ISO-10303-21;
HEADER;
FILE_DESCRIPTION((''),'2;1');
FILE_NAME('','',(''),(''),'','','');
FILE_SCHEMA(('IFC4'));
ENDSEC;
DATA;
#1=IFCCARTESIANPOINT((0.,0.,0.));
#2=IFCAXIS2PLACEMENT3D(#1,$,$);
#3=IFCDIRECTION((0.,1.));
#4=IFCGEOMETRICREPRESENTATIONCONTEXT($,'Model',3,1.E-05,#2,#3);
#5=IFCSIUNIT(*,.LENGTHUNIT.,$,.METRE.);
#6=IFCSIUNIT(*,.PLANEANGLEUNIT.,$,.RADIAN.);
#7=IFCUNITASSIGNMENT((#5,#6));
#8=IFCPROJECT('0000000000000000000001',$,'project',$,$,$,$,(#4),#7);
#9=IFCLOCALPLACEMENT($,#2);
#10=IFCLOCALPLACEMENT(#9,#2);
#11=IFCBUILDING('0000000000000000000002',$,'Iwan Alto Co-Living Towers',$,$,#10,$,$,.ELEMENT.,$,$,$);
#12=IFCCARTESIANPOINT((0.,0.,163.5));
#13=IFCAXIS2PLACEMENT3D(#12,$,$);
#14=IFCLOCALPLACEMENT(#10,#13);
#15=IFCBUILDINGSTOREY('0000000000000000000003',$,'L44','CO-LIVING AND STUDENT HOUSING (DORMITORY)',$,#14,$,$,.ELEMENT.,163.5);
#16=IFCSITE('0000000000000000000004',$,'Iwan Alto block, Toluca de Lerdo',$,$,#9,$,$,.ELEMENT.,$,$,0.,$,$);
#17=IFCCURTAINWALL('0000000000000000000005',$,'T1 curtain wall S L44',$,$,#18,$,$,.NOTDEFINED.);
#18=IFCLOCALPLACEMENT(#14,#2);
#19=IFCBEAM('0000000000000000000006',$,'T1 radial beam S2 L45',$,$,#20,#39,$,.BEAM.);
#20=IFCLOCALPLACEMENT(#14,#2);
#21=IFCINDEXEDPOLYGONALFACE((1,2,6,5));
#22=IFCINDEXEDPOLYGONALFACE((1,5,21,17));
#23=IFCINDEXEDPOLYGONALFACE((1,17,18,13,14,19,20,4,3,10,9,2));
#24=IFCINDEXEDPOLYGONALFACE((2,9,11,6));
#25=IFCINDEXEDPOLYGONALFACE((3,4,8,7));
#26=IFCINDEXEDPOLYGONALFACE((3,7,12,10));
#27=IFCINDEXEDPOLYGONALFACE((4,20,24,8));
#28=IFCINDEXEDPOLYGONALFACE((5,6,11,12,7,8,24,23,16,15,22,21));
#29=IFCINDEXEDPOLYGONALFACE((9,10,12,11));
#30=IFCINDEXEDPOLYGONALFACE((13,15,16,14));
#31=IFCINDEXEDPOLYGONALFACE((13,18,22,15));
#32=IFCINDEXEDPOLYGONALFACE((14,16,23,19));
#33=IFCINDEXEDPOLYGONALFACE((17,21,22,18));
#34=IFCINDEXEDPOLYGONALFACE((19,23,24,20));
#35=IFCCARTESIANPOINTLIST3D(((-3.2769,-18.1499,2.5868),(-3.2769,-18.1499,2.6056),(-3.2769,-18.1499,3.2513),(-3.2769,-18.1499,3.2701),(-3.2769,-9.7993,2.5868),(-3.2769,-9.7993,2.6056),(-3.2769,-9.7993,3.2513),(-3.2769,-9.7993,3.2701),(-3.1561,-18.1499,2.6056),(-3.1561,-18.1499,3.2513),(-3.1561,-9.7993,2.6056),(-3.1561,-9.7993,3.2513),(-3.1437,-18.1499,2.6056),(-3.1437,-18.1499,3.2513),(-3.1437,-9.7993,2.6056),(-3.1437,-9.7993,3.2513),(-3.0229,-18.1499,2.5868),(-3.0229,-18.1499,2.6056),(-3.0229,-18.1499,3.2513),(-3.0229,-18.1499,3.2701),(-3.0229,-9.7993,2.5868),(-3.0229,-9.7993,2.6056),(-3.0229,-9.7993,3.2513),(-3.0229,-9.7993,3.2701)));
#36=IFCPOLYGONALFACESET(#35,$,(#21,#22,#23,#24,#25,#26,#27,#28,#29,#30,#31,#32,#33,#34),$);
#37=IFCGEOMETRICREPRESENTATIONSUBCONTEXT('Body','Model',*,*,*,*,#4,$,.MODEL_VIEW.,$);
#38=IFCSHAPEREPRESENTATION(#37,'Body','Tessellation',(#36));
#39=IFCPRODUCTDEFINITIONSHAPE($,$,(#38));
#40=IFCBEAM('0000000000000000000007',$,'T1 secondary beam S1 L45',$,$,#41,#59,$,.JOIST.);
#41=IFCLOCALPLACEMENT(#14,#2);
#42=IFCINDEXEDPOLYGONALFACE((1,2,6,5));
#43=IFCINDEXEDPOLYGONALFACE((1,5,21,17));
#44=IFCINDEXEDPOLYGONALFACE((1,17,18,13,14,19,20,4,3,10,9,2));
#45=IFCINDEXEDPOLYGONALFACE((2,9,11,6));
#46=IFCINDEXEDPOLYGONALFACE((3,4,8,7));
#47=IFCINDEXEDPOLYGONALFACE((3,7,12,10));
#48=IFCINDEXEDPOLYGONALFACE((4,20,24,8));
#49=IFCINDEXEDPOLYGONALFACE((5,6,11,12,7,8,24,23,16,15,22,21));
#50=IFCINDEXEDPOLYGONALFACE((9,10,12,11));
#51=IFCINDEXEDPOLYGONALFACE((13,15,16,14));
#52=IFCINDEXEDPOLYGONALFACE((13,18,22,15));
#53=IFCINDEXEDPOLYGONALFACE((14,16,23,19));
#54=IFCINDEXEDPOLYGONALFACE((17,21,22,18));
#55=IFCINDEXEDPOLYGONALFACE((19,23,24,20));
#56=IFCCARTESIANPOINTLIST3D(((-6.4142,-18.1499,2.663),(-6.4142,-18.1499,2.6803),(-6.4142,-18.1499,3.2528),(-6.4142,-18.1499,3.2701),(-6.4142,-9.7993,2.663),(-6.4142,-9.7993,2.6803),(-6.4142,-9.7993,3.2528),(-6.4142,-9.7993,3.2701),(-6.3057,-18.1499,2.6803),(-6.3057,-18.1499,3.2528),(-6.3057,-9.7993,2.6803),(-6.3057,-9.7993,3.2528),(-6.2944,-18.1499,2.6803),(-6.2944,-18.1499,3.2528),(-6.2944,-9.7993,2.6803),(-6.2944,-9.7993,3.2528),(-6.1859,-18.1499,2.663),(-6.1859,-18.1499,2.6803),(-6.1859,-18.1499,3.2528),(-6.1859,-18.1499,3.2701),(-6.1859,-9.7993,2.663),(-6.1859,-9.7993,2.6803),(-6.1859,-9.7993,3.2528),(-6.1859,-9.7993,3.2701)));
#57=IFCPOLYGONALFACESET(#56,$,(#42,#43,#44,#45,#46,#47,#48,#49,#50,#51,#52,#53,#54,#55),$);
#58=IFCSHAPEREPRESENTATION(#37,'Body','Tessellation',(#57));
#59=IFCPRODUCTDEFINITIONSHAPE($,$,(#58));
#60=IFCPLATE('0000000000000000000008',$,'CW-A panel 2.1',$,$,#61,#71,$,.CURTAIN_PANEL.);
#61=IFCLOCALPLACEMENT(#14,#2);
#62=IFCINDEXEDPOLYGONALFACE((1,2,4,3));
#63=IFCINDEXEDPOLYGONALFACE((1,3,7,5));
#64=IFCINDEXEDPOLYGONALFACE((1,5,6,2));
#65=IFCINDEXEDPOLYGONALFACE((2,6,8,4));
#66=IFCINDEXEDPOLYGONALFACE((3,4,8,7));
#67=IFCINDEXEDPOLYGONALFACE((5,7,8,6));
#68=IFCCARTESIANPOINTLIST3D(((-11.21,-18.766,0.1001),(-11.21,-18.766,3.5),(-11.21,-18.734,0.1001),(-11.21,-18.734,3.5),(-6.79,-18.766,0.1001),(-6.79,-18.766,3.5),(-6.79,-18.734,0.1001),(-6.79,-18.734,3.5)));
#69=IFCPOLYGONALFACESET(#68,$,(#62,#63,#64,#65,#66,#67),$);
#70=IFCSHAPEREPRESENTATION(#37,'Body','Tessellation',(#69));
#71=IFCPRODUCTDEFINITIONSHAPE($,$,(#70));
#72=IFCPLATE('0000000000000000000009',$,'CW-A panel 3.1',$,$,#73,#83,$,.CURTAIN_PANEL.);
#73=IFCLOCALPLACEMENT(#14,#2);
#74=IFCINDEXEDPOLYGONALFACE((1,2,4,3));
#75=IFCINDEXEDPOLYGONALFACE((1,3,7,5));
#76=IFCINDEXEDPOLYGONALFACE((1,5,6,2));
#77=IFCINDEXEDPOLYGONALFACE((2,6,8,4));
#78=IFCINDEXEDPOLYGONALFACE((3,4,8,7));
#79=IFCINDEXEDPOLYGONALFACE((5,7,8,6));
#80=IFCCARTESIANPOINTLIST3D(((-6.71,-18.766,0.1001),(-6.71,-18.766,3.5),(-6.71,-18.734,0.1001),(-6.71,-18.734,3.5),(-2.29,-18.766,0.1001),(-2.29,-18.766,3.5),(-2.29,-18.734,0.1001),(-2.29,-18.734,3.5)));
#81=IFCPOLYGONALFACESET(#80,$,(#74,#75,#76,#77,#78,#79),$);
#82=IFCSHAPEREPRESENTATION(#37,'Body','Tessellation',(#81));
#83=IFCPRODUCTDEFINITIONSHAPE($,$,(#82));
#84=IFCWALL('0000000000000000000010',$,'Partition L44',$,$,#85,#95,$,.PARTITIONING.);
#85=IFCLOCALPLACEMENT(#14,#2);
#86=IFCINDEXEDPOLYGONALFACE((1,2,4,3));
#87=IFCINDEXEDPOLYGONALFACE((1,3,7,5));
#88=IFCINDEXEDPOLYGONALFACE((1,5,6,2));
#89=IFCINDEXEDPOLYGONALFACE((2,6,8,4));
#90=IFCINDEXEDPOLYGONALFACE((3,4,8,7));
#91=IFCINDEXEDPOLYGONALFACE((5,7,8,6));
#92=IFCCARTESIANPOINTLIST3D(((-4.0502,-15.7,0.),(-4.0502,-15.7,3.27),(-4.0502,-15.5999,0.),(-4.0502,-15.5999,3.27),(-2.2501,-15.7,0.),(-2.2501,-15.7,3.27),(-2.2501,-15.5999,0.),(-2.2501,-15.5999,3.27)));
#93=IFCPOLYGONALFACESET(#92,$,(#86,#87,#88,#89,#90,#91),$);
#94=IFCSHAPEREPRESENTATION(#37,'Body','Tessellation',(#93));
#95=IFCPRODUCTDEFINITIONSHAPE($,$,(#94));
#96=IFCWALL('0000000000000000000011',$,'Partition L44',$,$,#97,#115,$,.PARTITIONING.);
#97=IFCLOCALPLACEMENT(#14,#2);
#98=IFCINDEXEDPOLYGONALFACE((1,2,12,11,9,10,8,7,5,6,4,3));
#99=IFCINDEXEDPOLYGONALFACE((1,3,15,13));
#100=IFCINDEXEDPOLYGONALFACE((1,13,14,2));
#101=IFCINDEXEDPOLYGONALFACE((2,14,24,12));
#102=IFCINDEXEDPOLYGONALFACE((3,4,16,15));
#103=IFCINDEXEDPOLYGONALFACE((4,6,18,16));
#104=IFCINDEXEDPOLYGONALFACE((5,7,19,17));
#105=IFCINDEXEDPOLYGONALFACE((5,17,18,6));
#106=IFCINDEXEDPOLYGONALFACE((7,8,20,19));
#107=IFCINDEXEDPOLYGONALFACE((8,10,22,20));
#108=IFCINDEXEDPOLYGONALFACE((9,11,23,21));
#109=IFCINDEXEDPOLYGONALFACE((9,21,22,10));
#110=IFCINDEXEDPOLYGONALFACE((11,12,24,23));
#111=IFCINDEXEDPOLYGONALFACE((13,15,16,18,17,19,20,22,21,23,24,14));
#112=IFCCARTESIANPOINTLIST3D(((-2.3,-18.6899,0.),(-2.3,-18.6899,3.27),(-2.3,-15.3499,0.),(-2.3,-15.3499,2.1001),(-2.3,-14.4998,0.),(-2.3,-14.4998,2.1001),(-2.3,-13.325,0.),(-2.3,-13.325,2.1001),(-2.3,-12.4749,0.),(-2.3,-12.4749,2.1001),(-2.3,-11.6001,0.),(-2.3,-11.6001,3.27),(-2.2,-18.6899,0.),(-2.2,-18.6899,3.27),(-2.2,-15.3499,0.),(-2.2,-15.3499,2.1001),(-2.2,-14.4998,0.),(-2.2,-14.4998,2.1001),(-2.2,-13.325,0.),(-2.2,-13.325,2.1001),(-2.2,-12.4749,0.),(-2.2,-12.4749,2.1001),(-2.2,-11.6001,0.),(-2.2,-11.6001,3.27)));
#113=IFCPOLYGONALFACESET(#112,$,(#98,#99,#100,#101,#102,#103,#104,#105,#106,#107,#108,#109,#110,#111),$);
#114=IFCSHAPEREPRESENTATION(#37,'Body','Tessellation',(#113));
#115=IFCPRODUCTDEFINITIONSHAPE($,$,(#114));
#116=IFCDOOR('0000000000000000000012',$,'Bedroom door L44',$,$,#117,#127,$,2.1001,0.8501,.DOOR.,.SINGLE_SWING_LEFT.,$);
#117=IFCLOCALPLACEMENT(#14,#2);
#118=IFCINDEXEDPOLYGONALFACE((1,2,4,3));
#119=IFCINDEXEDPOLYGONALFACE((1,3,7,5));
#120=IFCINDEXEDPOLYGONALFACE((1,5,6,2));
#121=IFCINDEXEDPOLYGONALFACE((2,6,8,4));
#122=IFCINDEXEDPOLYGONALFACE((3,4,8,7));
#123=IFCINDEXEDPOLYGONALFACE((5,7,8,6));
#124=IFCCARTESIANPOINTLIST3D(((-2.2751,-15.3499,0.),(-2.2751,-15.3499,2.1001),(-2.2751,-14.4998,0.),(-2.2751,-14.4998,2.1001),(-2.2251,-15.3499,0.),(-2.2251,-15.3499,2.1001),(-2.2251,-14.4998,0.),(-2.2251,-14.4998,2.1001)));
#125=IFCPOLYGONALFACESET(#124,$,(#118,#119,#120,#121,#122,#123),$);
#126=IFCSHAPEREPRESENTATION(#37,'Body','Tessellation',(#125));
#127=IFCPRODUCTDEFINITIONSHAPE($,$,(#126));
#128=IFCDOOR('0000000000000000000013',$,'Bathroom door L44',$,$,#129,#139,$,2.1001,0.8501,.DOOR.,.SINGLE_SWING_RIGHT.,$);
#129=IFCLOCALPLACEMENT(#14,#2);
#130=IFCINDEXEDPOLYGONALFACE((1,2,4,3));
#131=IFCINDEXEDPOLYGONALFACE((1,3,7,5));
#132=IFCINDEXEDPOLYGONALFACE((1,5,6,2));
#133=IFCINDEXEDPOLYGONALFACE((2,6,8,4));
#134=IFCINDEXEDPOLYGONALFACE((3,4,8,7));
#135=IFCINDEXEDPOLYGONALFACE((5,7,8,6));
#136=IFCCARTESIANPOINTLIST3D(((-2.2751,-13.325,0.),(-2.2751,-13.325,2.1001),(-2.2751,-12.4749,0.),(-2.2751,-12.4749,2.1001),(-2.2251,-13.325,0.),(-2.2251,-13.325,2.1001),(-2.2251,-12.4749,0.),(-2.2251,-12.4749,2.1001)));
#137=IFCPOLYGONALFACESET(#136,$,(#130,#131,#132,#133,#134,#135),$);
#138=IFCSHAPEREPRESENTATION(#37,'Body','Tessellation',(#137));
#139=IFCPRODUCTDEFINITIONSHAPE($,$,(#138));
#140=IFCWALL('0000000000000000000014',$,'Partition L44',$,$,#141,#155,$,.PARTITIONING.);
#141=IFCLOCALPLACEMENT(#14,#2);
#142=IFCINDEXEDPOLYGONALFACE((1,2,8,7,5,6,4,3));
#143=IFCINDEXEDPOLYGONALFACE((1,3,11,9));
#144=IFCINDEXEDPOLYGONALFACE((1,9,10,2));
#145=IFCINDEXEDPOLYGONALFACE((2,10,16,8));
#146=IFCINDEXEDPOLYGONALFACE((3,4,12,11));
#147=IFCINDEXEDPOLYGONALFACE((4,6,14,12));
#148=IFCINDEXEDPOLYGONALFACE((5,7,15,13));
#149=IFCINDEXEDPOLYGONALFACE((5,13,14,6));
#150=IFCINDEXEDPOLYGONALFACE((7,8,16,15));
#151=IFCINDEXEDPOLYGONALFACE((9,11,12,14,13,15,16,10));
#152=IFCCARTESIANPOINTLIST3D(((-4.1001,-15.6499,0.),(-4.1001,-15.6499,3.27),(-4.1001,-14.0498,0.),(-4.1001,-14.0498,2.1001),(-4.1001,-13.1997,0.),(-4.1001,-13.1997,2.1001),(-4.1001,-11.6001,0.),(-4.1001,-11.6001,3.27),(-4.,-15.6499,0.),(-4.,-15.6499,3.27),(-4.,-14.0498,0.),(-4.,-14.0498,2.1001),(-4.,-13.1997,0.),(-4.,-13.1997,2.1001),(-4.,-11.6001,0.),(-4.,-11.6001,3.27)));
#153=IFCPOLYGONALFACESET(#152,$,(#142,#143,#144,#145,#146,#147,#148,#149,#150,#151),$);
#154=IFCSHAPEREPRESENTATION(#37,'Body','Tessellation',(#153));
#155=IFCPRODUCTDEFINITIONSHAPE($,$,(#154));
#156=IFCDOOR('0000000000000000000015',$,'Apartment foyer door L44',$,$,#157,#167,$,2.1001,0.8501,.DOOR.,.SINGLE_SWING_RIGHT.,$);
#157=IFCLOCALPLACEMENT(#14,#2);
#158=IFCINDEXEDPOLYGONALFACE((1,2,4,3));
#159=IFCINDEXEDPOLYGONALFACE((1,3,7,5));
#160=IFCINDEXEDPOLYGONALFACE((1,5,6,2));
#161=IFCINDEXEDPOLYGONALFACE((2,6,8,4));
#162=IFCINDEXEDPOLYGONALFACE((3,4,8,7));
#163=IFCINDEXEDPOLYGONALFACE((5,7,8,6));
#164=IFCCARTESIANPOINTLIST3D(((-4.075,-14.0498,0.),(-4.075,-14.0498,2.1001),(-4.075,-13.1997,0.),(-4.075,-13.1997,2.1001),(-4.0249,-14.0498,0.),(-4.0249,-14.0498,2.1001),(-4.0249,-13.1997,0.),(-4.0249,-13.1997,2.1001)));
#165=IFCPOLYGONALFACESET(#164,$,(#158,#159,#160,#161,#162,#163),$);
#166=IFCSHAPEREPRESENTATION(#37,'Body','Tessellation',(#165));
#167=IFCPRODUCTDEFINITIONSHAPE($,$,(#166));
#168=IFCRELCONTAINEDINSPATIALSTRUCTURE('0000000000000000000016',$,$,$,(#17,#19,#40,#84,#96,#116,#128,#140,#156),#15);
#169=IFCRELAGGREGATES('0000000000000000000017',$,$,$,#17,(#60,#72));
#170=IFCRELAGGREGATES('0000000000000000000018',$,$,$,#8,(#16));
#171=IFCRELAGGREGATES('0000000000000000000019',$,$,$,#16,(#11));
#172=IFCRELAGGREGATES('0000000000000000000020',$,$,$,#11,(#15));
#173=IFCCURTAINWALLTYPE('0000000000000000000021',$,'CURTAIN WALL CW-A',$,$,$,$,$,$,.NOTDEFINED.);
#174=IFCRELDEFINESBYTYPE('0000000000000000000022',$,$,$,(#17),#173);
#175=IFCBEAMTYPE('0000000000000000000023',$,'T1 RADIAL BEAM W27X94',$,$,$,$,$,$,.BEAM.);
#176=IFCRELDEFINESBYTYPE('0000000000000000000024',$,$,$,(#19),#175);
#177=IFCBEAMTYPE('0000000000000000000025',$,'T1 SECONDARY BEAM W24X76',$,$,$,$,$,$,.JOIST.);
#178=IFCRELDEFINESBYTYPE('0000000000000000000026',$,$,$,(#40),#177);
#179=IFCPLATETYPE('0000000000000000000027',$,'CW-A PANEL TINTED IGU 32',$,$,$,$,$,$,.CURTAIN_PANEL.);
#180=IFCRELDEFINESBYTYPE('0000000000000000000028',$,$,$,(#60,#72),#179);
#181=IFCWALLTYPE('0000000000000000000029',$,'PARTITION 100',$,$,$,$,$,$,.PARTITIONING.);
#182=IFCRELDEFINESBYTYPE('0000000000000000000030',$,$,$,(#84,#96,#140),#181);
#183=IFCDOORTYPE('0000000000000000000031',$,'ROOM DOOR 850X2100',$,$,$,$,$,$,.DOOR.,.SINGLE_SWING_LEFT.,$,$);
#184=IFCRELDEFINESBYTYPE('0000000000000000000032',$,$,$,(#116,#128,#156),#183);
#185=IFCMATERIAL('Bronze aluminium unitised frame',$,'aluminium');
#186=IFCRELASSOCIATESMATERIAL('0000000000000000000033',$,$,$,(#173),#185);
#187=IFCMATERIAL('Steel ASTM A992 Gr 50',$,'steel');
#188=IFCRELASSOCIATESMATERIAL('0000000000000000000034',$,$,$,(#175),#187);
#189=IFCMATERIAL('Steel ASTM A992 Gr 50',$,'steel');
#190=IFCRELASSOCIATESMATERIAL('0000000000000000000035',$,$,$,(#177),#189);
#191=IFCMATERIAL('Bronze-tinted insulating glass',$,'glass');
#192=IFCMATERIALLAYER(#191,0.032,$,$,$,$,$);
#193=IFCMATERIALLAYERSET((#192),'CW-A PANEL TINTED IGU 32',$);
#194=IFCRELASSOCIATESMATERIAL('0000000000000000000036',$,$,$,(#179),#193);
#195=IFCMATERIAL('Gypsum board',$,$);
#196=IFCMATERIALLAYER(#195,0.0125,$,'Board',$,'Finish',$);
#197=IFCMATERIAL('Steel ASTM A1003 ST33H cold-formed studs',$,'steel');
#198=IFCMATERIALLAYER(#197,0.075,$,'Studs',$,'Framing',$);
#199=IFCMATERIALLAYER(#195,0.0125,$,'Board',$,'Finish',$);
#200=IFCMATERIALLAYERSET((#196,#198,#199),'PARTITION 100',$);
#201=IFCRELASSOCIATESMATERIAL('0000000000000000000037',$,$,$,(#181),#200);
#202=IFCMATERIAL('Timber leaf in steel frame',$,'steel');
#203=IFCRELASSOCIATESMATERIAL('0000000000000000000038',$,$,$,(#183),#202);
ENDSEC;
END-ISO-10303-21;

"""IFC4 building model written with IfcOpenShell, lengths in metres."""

from ifc_helpers import new_model, si_unit, direction, frame, frame_2d, origin, origin_2d, place, context, subcontext, project, spatial, rectangle, i_section, extrude, material, layer, layer_set, material_profile, profile_set, type_object, element, fill, aggregate, save


model = new_model("IFC4")

# Units and contexts
model_context = context("Model", 3, precision=1e-05, world=origin(), true_north=direction((0.0, 1.0)))
body_context = subcontext(model_context, "Body", "Model", "MODEL_VIEW")
ifc_project = project(units=[si_unit("LENGTHUNIT", "METRE"), si_unit("PLANEANGLEUNIT", "RADIAN")], contexts=[model_context])

# Site, building, storey
site_placement = place(None, origin())
site = spatial("IfcSite", under=ifc_project, at=site_placement, Name="Iwan Alto block, Toluca de Lerdo", CompositionType="ELEMENT", RefElevation=0.0)
building_placement = place(site_placement, origin())
building = spatial("IfcBuilding", under=site, at=building_placement, Name="Iwan Alto Co-Living Towers", CompositionType="ELEMENT")
storey_placement = place(building_placement, frame((0.0, 0.0, 163.5)))
storey = spatial("IfcBuildingStorey", under=building, at=storey_placement, Name="L44", Description="CO-LIVING AND STUDENT HOUSING (DORMITORY)", CompositionType="ELEMENT", Elevation=163.5)

# Curtain wall
ifc_material_1 = material(Name="Bronze aluminium unitised frame", Category="aluminium")
curtain_wall_type = type_object("IfcCurtainWallType", Name="CURTAIN WALL CW-A", PredefinedType="NOTDEFINED", material=ifc_material_1)
curtain_wall_placement = place(storey_placement, origin())
curtain_wall = element("IfcCurtainWall", 1, at=curtain_wall_placement, inside=storey, type_object=curtain_wall_type, Name="T1 curtain wall S L44", PredefinedType="NOTDEFINED")

# Beams
ifc_material_2 = material(Name="Steel ASTM A992 Gr 50", Category="steel")
ifc_material_profile_1 = material_profile(ifc_material_2, i_section(OverallWidth=0.2539, OverallDepth=0.6833, WebThickness=0.0125, FlangeThickness=0.0188, at=origin_2d()), Name="W27X94")
ifc_profile_set_1 = profile_set([ifc_material_profile_1], Name="Steel ASTM A992 Gr 50")
beam_type_1 = type_object("IfcBeamType", Name="T1 RADIAL BEAM W27X94", PredefinedType="BEAM", material=ifc_profile_set_1)
for number, where, z_axis, x_axis, name in (
    (2, (-3.1499, -18.1499, 2.9285), (0.0, 1.0, 0.0), (-1.0, 0.0, 0.0), "T1 radial beam S2 L45"),
):
    element("IfcBeam", number, at=place(storey_placement, frame(where, z_axis=z_axis, x_axis=x_axis)), inside=storey, type_object=beam_type_1, Name=name, PredefinedType="BEAM", context=body_context, shape_type="SweptSolid", body=[
        extrude(i_section(OverallWidth=0.2539, OverallDepth=0.6833, WebThickness=0.0125, FlangeThickness=0.0188, at=origin_2d()), origin(), (0.0, 0.0, 1.0), 8.3506),
    ])
ifc_material_3 = material(Name="Steel ASTM A992 Gr 50", Category="steel")
ifc_material_profile_2 = material_profile(ifc_material_3, i_section(OverallWidth=0.2283, OverallDepth=0.6072, WebThickness=0.0112, FlangeThickness=0.0173, at=origin_2d()), Name="W24X76")
ifc_profile_set_2 = profile_set([ifc_material_profile_2], Name="Steel ASTM A992 Gr 50")
beam_type_2 = type_object("IfcBeamType", Name="T1 SECONDARY BEAM W24X76", PredefinedType="JOIST", material=ifc_profile_set_2)
beam_1_placement = place(storey_placement, frame((-6.3, -18.1499, 2.9666), z_axis=(0.0, 1.0, 0.0), x_axis=(-1.0, 0.0, 0.0)))
element("IfcBeam", 3, at=beam_1_placement, inside=storey, type_object=beam_type_2, Name="T1 secondary beam S1 L45", PredefinedType="JOIST", context=body_context, shape_type="SweptSolid", body=[
    extrude(i_section(OverallWidth=0.2283, OverallDepth=0.6072, WebThickness=0.0112, FlangeThickness=0.0173, at=origin_2d()), origin(), (0.0, 0.0, 1.0), 8.3506),
])

# Plates
ifc_material_4 = material(Name="Bronze-tinted insulating glass", Category="glass")
ifc_layer_1 = layer(ifc_material_4, 0.032)
ifc_layer_set_1 = layer_set([ifc_layer_1], Name="CW-A PANEL TINTED IGU 32")
plate_type = type_object("IfcPlateType", Name="CW-A PANEL TINTED IGU 32", PredefinedType="CURTAIN_PANEL", material=ifc_layer_set_1)
plate_1_placement = place(storey_placement, frame((-9.0, -18.75, 0.1001), z_axis=(0.0, 0.0, 1.0), x_axis=(1.0, 0.0, 0.0)))
plate_1 = element("IfcPlate", 4, at=plate_1_placement, type_object=plate_type, Name="CW-A panel 2.1", PredefinedType="CURTAIN_PANEL", context=body_context, shape_type="SweptSolid", body=[
    extrude(rectangle(XDim=4.4199, YDim=0.032, at=origin_2d()), origin(), (0.0, 0.0, 1.0), 3.3999),
])
plate_2_placement = place(storey_placement, frame((-4.5, -18.75, 0.1001), z_axis=(0.0, 0.0, 1.0), x_axis=(1.0, 0.0, 0.0)))
plate_2 = element("IfcPlate", 5, at=plate_2_placement, type_object=plate_type, Name="CW-A panel 3.1", PredefinedType="CURTAIN_PANEL", context=body_context, shape_type="SweptSolid", body=[
    extrude(rectangle(XDim=4.4199, YDim=0.032, at=origin_2d()), origin(), (0.0, 0.0, 1.0), 3.3999),
])
aggregate(curtain_wall, [plate_1, plate_2])

# Wall
ifc_material_5 = material(Name="Gypsum board")
ifc_layer_2 = layer(ifc_material_5, 0.0125, Name="Board", Category="Finish")
ifc_material_6 = material(Name="Steel ASTM A1003 ST33H cold-formed studs", Category="steel")
ifc_layer_3 = layer(ifc_material_6, 0.075, Name="Studs", Category="Framing")
ifc_layer_4 = layer(ifc_material_5, 0.0125, Name="Board", Category="Finish")
ifc_layer_set_2 = layer_set([ifc_layer_2, ifc_layer_3, ifc_layer_4], Name="PARTITION 100")
wall_type = type_object("IfcWallType", Name="PARTITION 100", PredefinedType="PARTITIONING", material=ifc_layer_set_2)
wall_1_placement = place(storey_placement, frame((-4.05, -15.6499, 0.0), z_axis=(0.0, 0.0, 1.0), x_axis=(1.0, 0.0, 0.0)))
element("IfcWall", 6, at=wall_1_placement, inside=storey, type_object=wall_type, Name="Partition L44", PredefinedType="PARTITIONING", context=body_context, shape_type="SweptSolid", body=[
    extrude(rectangle(XDim=1.8, YDim=0.1001, at=frame_2d((0.8999, 0.0))), origin(), (0.0, 0.0, 1.0), 3.27),
])

# Wall, openings, doors
wall_2_placement = place(storey_placement, frame((-2.25, -18.6899, 0.0), z_axis=(0.0, 0.0, 1.0), x_axis=(0.0, 1.0, 0.0)))
wall_2 = element("IfcWall", 7, at=wall_2_placement, inside=storey, type_object=wall_type, Name="Partition L44", PredefinedType="PARTITIONING", context=body_context, shape_type="SweptSolid", body=[
    extrude(rectangle(XDim=7.0898, YDim=0.1001, at=frame_2d((3.5449, 0.0))), origin(), (0.0, 0.0, 1.0), 3.27),
])
opening_1_placement = place(wall_2_placement, frame((3.3401, 0.0, 0.0)))
opening_1 = element("IfcOpeningElement", 8, at=opening_1_placement, cuts=wall_2, PredefinedType="OPENING", context=body_context, shape_type="SweptSolid", body=[
    extrude(rectangle(XDim=0.8501, YDim=2.1001, at=frame_2d((0.425, 1.05))), frame((0.0, 0.0601, 0.0), z_axis=(0.0, -1.0, 0.0), x_axis=(1.0, 0.0, 0.0)), (0.0, 0.0, 1.0), 0.1201),
])
opening_2_placement = place(wall_2_placement, frame((5.365, 0.0, 0.0)))
opening_2 = element("IfcOpeningElement", 9, at=opening_2_placement, cuts=wall_2, PredefinedType="OPENING", context=body_context, shape_type="SweptSolid", body=[
    extrude(rectangle(XDim=0.8501, YDim=2.1001, at=frame_2d((0.425, 1.05))), frame((0.0, 0.0601, 0.0), z_axis=(0.0, -1.0, 0.0), x_axis=(1.0, 0.0, 0.0)), (0.0, 0.0, 1.0), 0.1201),
])
ifc_material_7 = material(Name="Timber leaf in steel frame", Category="steel")
door_type = type_object("IfcDoorType", Name="ROOM DOOR 850X2100", OperationType="SINGLE_SWING_LEFT", PredefinedType="DOOR", material=ifc_material_7)
door_1_placement = place(opening_1_placement, frame((0.8501, 0.0, 0.0), z_axis=(0.0, 0.0, 1.0), x_axis=(-1.0, 0.0, 0.0)))
door_1 = element("IfcDoor", 10, at=door_1_placement, inside=storey, type_object=door_type, Name="Bedroom door L44", OperationType="SINGLE_SWING_LEFT", OverallHeight=2.1001, OverallWidth=0.8501, PredefinedType="DOOR", context=body_context, shape_type="SweptSolid", body=[
    extrude(rectangle(XDim=0.8501, YDim=2.1001, at=frame_2d((0.425, 1.05))), frame((0.0, 0.0249, 0.0), z_axis=(0.0, -1.0, 0.0), x_axis=(1.0, 0.0, 0.0)), (0.0, 0.0, 1.0), 0.05),
])
fill(opening_1, door_1)
door_2_placement = place(opening_2_placement, frame((0.8501, 0.0, 0.0), z_axis=(0.0, 0.0, 1.0), x_axis=(-1.0, 0.0, 0.0)))
door_2 = element("IfcDoor", 11, at=door_2_placement, inside=storey, type_object=door_type, Name="Bathroom door L44", OperationType="SINGLE_SWING_RIGHT", OverallHeight=2.1001, OverallWidth=0.8501, PredefinedType="DOOR", context=body_context, shape_type="SweptSolid", body=[
    extrude(rectangle(XDim=0.8501, YDim=2.1001, at=frame_2d((0.425, 1.05))), frame((0.0, 0.0249, 0.0), z_axis=(0.0, -1.0, 0.0), x_axis=(1.0, 0.0, 0.0)), (0.0, 0.0, 1.0), 0.05),
])
fill(opening_2, door_2)

# Wall, opening, door
wall_3_placement = place(storey_placement, frame((-4.05, -15.6499, 0.0), z_axis=(0.0, 0.0, 1.0), x_axis=(0.0, 1.0, 0.0)))
wall_3 = element("IfcWall", 12, at=wall_3_placement, inside=storey, type_object=wall_type, Name="Partition L44", PredefinedType="PARTITIONING", context=body_context, shape_type="SweptSolid", body=[
    extrude(rectangle(XDim=4.0498, YDim=0.1001, at=frame_2d((2.0249, 0.0))), origin(), (0.0, 0.0, 1.0), 3.27),
])
opening_3_placement = place(wall_3_placement, frame((1.6001, 0.0, 0.0)))
opening_3 = element("IfcOpeningElement", 13, at=opening_3_placement, cuts=wall_3, PredefinedType="OPENING", context=body_context, shape_type="SweptSolid", body=[
    extrude(rectangle(XDim=0.8501, YDim=2.1001, at=frame_2d((0.425, 1.05))), frame((0.0, 0.0601, 0.0), z_axis=(0.0, -1.0, 0.0), x_axis=(1.0, 0.0, 0.0)), (0.0, 0.0, 1.0), 0.1201),
])
door_3_placement = place(opening_3_placement, origin())
door_3 = element("IfcDoor", 14, at=door_3_placement, inside=storey, type_object=door_type, Name="Apartment foyer door L44", OperationType="SINGLE_SWING_RIGHT", OverallHeight=2.1001, OverallWidth=0.8501, PredefinedType="DOOR", context=body_context, shape_type="SweptSolid", body=[
    extrude(rectangle(XDim=0.8501, YDim=2.1001, at=frame_2d((0.425, 1.05))), frame((0.0, 0.0249, 0.0), z_axis=(0.0, -1.0, 0.0), x_axis=(1.0, 0.0, 0.0)), (0.0, 0.0, 1.0), 0.05),
])
fill(opening_3, door_3)

save(model, "model.ifc")
